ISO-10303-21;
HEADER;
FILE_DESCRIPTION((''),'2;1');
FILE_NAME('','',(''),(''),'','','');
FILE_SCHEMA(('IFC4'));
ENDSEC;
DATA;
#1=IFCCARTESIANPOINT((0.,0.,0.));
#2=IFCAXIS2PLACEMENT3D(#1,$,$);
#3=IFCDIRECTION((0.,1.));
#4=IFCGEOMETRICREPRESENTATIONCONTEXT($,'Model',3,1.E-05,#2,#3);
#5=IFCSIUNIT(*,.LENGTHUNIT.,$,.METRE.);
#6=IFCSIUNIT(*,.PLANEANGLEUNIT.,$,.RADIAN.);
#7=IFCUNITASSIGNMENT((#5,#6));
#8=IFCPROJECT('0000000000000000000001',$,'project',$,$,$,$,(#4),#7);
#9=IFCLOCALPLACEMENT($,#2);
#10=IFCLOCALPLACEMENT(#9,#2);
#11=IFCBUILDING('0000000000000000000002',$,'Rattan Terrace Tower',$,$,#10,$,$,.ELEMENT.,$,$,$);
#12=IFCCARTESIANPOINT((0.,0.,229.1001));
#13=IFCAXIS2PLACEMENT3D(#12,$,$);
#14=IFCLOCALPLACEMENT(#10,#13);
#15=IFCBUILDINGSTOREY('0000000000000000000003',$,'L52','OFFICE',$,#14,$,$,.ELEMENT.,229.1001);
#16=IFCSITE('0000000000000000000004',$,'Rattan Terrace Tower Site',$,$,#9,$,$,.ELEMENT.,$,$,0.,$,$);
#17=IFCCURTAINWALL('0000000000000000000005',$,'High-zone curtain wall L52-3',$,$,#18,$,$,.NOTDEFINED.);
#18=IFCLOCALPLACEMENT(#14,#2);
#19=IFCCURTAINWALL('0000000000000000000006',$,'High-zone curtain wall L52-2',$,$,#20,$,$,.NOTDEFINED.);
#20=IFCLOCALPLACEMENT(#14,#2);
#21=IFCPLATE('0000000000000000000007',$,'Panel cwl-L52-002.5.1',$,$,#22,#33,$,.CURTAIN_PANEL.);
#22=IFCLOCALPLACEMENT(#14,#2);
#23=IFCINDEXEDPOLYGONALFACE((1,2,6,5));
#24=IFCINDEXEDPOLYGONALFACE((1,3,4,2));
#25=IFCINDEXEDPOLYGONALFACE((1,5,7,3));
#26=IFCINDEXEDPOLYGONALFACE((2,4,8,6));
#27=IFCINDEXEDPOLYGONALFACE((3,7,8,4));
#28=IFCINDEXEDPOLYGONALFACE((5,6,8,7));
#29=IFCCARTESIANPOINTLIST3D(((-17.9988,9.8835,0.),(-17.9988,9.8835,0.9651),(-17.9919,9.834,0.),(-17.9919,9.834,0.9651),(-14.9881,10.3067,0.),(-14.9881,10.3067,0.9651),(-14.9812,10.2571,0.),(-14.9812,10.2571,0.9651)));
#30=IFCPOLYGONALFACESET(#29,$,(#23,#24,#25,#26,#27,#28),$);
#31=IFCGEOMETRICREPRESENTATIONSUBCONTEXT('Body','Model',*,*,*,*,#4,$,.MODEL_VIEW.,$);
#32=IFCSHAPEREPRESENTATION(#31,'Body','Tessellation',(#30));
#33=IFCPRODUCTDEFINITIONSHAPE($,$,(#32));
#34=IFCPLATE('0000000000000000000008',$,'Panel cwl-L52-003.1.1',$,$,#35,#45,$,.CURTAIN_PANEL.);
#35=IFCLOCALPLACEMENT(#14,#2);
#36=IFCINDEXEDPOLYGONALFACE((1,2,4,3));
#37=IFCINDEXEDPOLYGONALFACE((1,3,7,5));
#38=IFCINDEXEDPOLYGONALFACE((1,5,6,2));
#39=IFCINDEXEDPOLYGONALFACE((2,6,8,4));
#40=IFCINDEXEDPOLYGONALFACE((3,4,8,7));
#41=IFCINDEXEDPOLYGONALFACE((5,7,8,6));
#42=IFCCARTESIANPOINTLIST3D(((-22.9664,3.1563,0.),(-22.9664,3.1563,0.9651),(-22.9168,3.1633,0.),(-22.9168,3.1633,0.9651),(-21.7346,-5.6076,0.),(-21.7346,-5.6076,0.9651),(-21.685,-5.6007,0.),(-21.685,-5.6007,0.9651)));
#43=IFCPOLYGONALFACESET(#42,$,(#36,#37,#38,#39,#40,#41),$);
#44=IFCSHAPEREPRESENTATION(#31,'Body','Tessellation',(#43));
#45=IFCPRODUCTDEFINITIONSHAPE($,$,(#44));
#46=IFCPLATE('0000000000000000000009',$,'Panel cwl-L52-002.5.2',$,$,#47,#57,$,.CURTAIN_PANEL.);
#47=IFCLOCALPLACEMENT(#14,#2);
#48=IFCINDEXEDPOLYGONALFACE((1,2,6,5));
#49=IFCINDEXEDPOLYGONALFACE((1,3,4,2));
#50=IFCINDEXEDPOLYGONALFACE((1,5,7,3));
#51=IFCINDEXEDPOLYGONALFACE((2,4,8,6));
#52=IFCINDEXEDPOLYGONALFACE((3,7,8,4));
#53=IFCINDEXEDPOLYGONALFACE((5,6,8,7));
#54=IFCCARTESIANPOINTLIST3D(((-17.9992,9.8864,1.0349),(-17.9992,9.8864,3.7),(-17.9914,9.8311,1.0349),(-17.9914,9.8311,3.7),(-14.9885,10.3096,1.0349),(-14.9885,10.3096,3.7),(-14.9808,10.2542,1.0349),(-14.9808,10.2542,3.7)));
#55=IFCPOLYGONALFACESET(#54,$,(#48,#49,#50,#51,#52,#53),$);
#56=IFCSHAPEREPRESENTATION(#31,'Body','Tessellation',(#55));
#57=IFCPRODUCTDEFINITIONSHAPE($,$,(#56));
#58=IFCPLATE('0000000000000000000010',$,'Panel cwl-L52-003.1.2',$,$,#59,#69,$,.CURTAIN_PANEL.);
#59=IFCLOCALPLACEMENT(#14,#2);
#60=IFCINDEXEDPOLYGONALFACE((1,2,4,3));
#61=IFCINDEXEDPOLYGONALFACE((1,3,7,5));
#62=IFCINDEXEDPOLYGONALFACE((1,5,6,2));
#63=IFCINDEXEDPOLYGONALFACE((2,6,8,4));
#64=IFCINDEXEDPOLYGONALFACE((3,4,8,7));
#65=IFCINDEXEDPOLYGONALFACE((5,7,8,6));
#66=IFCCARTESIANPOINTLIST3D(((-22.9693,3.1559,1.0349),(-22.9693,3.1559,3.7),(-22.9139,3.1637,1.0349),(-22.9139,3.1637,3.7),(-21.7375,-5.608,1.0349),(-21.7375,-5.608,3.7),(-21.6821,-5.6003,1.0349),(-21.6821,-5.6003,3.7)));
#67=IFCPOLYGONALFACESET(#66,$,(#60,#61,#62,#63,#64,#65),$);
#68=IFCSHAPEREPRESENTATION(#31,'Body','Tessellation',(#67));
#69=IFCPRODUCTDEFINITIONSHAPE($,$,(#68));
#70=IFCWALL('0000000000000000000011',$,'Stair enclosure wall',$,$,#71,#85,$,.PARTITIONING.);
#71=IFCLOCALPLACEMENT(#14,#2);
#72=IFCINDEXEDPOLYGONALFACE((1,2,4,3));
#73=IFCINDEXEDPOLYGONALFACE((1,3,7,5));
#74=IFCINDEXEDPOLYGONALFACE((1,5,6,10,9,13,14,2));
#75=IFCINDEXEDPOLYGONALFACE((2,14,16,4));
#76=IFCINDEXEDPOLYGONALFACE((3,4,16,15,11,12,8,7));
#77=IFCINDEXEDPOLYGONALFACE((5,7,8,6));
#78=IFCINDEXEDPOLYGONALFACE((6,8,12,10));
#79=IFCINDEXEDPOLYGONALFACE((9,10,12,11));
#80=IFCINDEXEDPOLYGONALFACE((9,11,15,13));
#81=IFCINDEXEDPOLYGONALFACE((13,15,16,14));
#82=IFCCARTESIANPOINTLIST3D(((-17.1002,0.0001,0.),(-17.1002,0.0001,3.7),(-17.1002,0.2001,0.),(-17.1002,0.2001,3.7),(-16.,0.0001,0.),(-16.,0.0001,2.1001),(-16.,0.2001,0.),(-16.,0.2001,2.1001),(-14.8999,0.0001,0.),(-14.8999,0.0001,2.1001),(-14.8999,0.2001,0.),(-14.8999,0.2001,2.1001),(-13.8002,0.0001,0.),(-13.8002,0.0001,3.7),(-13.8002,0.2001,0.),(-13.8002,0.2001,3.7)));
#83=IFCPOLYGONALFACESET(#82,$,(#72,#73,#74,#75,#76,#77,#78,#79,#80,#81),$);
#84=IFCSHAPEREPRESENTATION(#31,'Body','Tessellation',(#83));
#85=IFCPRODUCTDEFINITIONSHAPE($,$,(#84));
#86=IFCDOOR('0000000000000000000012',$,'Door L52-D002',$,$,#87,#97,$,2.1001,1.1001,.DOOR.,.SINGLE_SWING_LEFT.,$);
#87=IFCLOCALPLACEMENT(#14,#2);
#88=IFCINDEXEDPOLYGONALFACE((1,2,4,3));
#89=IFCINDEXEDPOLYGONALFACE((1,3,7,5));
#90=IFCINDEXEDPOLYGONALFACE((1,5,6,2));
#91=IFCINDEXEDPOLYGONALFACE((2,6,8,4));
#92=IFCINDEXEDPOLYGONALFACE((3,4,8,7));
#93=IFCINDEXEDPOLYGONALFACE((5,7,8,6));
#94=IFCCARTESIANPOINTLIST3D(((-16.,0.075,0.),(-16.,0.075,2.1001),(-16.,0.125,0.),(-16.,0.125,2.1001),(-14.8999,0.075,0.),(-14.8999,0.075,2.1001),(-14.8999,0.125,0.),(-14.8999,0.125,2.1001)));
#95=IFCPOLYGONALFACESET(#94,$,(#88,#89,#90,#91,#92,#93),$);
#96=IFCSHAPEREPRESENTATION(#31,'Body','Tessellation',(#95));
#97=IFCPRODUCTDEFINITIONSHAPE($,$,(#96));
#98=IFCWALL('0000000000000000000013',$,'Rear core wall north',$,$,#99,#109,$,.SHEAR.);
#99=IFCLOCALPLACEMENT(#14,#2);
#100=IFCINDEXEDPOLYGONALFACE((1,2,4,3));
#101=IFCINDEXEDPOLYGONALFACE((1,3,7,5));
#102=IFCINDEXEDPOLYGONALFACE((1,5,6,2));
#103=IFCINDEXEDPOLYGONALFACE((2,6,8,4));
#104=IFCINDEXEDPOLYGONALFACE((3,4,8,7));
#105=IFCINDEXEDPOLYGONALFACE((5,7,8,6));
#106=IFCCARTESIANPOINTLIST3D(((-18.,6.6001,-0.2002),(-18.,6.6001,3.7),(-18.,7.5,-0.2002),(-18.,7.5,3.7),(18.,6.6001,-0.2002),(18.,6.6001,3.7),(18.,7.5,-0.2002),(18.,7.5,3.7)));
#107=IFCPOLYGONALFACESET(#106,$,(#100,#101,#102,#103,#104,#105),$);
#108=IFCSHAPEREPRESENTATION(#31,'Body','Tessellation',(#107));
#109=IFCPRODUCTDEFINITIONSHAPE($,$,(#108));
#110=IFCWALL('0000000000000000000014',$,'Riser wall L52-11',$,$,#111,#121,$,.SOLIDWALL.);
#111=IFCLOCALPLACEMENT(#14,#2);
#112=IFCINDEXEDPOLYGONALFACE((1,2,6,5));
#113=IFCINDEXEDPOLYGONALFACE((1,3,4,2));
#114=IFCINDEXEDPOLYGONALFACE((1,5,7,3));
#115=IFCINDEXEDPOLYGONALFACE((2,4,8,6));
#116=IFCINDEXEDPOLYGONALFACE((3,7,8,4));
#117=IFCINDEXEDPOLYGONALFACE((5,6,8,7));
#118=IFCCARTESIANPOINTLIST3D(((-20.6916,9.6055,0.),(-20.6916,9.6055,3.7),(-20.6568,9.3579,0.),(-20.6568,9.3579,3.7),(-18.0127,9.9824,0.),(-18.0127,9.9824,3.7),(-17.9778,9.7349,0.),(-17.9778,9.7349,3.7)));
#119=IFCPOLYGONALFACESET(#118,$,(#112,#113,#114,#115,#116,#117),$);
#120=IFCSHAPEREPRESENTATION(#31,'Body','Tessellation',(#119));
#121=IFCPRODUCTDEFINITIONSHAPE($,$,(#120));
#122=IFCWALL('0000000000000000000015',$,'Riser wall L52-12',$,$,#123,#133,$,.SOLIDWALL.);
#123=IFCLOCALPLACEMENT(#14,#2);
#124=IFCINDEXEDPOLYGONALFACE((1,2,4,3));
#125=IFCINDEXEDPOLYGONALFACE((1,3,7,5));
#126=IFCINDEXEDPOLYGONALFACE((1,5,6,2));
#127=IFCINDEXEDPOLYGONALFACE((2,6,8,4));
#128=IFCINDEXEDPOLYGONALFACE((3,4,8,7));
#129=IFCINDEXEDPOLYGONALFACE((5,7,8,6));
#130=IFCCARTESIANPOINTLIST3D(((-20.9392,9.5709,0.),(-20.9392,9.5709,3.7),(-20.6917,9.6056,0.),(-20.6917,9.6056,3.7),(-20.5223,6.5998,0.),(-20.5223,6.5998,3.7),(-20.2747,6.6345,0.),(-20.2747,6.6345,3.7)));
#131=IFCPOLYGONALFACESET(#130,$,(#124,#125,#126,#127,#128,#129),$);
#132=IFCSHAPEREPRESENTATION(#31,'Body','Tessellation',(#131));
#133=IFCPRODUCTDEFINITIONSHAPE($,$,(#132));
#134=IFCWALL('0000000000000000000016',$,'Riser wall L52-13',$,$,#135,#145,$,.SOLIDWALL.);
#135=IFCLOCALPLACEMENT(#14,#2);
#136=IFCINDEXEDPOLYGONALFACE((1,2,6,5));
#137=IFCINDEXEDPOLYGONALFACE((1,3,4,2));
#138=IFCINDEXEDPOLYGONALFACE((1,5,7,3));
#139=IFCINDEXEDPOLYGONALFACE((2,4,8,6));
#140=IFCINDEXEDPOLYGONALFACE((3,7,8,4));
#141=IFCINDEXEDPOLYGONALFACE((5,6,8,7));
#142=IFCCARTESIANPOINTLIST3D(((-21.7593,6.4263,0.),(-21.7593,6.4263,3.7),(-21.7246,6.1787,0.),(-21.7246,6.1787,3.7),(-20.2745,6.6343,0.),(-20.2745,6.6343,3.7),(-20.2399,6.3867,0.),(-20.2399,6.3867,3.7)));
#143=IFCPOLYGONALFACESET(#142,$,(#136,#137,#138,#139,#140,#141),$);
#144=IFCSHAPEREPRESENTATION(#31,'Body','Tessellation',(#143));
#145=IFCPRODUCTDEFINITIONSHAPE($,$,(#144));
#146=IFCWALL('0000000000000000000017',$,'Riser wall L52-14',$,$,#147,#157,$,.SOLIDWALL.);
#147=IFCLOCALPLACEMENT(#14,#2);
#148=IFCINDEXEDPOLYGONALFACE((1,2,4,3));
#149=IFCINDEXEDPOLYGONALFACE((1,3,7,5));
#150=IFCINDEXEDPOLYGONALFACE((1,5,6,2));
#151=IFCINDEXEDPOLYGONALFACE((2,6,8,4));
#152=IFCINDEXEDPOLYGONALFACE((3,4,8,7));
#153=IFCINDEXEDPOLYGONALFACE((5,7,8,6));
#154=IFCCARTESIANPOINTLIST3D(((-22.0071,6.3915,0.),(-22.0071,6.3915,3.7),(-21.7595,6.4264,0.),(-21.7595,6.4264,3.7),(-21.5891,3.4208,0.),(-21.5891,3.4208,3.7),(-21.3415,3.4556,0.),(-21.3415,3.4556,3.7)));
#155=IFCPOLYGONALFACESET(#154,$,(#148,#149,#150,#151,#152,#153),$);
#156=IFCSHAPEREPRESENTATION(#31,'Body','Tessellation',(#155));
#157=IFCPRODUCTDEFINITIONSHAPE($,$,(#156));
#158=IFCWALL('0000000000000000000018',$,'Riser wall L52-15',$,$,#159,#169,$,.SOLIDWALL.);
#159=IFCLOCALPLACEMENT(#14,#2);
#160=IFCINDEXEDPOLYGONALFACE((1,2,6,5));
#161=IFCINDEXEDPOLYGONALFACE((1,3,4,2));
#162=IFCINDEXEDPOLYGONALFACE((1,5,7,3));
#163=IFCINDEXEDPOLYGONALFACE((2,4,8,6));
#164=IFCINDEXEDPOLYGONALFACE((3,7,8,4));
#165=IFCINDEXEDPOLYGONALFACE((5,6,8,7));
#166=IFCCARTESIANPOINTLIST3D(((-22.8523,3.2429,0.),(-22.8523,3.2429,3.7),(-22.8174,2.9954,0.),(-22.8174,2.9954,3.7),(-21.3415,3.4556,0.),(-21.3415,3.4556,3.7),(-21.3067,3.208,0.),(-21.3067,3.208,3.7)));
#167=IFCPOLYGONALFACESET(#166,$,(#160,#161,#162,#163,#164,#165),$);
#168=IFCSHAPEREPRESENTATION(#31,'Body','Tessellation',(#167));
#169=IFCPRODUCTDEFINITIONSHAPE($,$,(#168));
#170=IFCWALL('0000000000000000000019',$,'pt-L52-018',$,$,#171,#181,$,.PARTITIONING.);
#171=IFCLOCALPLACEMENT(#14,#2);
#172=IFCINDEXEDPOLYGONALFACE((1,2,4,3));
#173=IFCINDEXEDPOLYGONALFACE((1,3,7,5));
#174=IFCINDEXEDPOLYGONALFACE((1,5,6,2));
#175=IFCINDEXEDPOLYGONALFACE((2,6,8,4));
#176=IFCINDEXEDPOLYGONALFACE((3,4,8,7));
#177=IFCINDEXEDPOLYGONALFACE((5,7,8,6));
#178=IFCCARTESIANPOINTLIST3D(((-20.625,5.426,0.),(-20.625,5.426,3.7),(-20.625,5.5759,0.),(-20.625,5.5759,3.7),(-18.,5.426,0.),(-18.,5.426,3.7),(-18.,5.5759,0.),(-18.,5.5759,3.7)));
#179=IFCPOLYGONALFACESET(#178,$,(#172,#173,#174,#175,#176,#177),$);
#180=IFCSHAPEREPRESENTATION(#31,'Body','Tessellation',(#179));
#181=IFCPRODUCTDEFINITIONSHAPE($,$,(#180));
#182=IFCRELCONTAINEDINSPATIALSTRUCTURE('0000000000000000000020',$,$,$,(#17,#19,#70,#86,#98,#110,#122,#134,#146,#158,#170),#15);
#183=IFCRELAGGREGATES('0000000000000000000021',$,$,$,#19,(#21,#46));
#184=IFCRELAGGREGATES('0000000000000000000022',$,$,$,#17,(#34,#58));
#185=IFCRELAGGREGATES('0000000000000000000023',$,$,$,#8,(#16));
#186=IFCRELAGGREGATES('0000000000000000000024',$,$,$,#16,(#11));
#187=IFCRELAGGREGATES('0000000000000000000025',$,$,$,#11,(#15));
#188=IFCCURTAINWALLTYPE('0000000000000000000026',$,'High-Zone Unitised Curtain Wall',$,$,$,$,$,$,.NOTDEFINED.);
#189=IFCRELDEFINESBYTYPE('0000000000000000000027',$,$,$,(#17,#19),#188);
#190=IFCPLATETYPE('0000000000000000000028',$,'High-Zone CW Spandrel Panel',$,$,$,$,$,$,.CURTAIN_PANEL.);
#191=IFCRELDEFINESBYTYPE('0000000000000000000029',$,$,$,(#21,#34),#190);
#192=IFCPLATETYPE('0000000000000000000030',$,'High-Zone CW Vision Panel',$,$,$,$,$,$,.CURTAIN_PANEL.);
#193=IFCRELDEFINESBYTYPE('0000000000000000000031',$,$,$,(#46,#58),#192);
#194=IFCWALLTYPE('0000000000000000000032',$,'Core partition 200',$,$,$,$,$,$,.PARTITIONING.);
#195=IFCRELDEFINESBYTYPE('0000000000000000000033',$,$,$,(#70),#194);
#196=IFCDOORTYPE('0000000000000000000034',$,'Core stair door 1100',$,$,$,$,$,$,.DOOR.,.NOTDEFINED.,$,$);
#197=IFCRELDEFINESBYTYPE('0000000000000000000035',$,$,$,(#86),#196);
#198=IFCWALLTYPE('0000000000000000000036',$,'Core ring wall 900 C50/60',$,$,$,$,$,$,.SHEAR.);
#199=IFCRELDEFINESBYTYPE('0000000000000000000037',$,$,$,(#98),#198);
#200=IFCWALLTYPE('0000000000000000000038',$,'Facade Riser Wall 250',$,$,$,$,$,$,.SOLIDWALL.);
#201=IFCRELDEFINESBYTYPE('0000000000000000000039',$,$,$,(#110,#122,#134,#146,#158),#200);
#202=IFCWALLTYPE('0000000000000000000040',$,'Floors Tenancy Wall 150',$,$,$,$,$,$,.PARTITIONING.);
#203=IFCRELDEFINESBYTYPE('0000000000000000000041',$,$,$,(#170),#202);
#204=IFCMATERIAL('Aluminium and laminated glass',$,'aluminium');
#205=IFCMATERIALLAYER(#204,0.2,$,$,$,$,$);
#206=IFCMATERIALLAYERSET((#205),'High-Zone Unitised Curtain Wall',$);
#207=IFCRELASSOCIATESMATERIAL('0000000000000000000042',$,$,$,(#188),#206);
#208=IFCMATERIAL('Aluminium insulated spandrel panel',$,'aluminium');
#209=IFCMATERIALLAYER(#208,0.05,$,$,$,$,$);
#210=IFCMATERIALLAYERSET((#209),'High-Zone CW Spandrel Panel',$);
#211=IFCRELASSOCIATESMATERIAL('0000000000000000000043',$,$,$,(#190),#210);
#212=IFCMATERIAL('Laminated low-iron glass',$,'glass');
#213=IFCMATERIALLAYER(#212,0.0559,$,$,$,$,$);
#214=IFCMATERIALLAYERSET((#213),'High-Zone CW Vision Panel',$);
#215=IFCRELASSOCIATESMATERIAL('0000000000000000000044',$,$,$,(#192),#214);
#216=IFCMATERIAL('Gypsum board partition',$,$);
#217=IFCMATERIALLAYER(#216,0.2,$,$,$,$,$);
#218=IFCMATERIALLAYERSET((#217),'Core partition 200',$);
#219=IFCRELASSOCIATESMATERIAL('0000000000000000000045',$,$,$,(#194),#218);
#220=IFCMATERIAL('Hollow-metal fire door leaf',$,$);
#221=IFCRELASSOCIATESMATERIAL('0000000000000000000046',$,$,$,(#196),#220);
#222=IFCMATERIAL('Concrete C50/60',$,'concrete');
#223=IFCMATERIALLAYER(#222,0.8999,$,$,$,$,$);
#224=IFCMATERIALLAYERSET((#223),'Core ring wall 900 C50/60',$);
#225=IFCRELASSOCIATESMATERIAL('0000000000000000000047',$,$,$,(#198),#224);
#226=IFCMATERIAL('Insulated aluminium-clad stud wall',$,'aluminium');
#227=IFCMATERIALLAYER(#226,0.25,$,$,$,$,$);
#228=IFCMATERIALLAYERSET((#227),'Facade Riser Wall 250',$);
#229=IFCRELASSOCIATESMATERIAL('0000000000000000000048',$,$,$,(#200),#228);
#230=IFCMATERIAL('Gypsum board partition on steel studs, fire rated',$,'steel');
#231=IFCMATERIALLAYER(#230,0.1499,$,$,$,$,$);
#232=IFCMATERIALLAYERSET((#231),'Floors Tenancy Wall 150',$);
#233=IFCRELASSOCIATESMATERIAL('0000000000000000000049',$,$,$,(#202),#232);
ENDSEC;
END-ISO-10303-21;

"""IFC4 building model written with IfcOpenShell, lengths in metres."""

from ifc_helpers import new_model, si_unit, direction, frame, frame_2d, origin, origin_2d, place, context, subcontext, project, spatial, rectangle, extrude, material, layer, layer_set, type_object, element, fill, aggregate, save


model = new_model("IFC4")

# Units and contexts
model_context = context("Model", 3, precision=1e-05, world=origin(), true_north=direction((0.0, 1.0)))
body_context = subcontext(model_context, "Body", "Model", "MODEL_VIEW")
ifc_project = project(units=[si_unit("LENGTHUNIT", "METRE"), si_unit("PLANEANGLEUNIT", "RADIAN")], contexts=[model_context])

# Site, building, storey
site_placement = place(None, origin())
site = spatial("IfcSite", under=ifc_project, at=site_placement, Name="Rattan Terrace Tower Site", CompositionType="ELEMENT", RefElevation=0.0)
building_placement = place(site_placement, origin())
building = spatial("IfcBuilding", under=site, at=building_placement, Name="Rattan Terrace Tower", CompositionType="ELEMENT")
storey_placement = place(building_placement, frame((0.0, 0.0, 229.1001)))
storey = spatial("IfcBuildingStorey", under=building, at=storey_placement, Name="L52", Description="OFFICE", CompositionType="ELEMENT", Elevation=229.1001)

# Curtain walls
ifc_material_1 = material(Name="Aluminium and laminated glass", Category="aluminium")
ifc_layer_1 = layer(ifc_material_1, 0.2)
ifc_layer_set_1 = layer_set([ifc_layer_1], Name="High-Zone Unitised Curtain Wall")
curtain_wall_type = type_object("IfcCurtainWallType", Name="High-Zone Unitised Curtain Wall", PredefinedType="NOTDEFINED", material=ifc_layer_set_1)
curtain_wall_1_placement = place(storey_placement, origin())
curtain_wall_1 = element("IfcCurtainWall", 1, at=curtain_wall_1_placement, inside=storey, type_object=curtain_wall_type, Name="High-zone curtain wall L52-3", PredefinedType="NOTDEFINED")
curtain_wall_2_placement = place(storey_placement, origin())
curtain_wall_2 = element("IfcCurtainWall", 2, at=curtain_wall_2_placement, inside=storey, type_object=curtain_wall_type, Name="High-zone curtain wall L52-2", PredefinedType="NOTDEFINED")

# Plates
ifc_material_2 = material(Name="Aluminium insulated spandrel panel", Category="aluminium")
ifc_layer_2 = layer(ifc_material_2, 0.05)
ifc_layer_set_2 = layer_set([ifc_layer_2], Name="High-Zone CW Spandrel Panel")
plate_type_1 = type_object("IfcPlateType", Name="High-Zone CW Spandrel Panel", PredefinedType="CURTAIN_PANEL", material=ifc_layer_set_2)
plate_1_placement = place(storey_placement, frame((-16.49, 10.0703, 0.0), z_axis=(0.0, 0.0, 1.0), x_axis=(-0.990267, -0.139177, 0.0)))
plate_1 = element("IfcPlate", 3, at=plate_1_placement, type_object=plate_type_1, Name="Panel cwl-L52-002.5.1", PredefinedType="CURTAIN_PANEL", context=body_context, shape_type="SweptSolid", body=[
    extrude(rectangle(XDim=3.0403, YDim=0.05, at=origin_2d()), origin(), (0.0, 0.0, 1.0), 0.9651),
])
plate_2_placement = place(storey_placement, frame((-22.3257, -1.2222, 0.0), z_axis=(0.0, 0.0, 1.0), x_axis=(0.139186, -0.990266, 0.0)))
plate_2 = element("IfcPlate", 4, at=plate_2_placement, type_object=plate_type_1, Name="Panel cwl-L52-003.1.1", PredefinedType="CURTAIN_PANEL", context=body_context, shape_type="SweptSolid", body=[
    extrude(rectangle(XDim=8.8501, YDim=0.05, at=origin_2d()), origin(), (0.0, 0.0, 1.0), 0.9651),
])
ifc_material_3 = material(Name="Laminated low-iron glass", Category="glass")
ifc_layer_3 = layer(ifc_material_3, 0.0559)
ifc_layer_set_3 = layer_set([ifc_layer_3], Name="High-Zone CW Vision Panel")
plate_type_2 = type_object("IfcPlateType", Name="High-Zone CW Vision Panel", PredefinedType="CURTAIN_PANEL", material=ifc_layer_set_3)
plate_3_placement = place(storey_placement, frame((-16.49, 10.0703, 1.0349), z_axis=(0.0, 0.0, 1.0), x_axis=(-0.990267, -0.139177, 0.0)))
plate_3 = element("IfcPlate", 5, at=plate_3_placement, type_object=plate_type_2, Name="Panel cwl-L52-002.5.2", PredefinedType="CURTAIN_PANEL", context=body_context, shape_type="SweptSolid", body=[
    extrude(rectangle(XDim=3.0403, YDim=0.0559, at=origin_2d()), origin(), (0.0, 0.0, 1.0), 2.665),
])
aggregate(curtain_wall_2, [plate_1, plate_3])
plate_4_placement = place(storey_placement, frame((-22.3257, -1.2222, 1.0349), z_axis=(0.0, 0.0, 1.0), x_axis=(0.139186, -0.990266, 0.0)))
plate_4 = element("IfcPlate", 6, at=plate_4_placement, type_object=plate_type_2, Name="Panel cwl-L52-003.1.2", PredefinedType="CURTAIN_PANEL", context=body_context, shape_type="SweptSolid", body=[
    extrude(rectangle(XDim=8.8501, YDim=0.0559, at=origin_2d()), origin(), (0.0, 0.0, 1.0), 2.665),
])
aggregate(curtain_wall_1, [plate_2, plate_4])

# Wall, opening, door
ifc_material_4 = material(Name="Gypsum board partition")
ifc_layer_4 = layer(ifc_material_4, 0.2)
ifc_layer_set_4 = layer_set([ifc_layer_4], Name="Core partition 200")
wall_type_1 = type_object("IfcWallType", Name="Core partition 200", PredefinedType="PARTITIONING", material=ifc_layer_set_4)
wall_1_placement = place(storey_placement, frame((-17.1001, 0.1001, 0.0), z_axis=(0.0, 0.0, 1.0), x_axis=(1.0, 0.0, 0.0)))
wall_1 = element("IfcWall", 7, at=wall_1_placement, inside=storey, type_object=wall_type_1, Name="Stair enclosure wall", PredefinedType="PARTITIONING", context=body_context, shape_type="SweptSolid", body=[
    extrude(rectangle(XDim=3.3, YDim=0.2, at=frame_2d((1.6499, 0.0))), origin(), (0.0, 0.0, 1.0), 3.7),
])
opening_placement = place(wall_1_placement, frame((1.1001, 0.0, 0.0)))
opening = element("IfcOpeningElement", 8, at=opening_placement, cuts=wall_1, PredefinedType="OPENING", context=body_context, shape_type="SweptSolid", body=[
    extrude(rectangle(XDim=1.1001, YDim=2.1001, at=frame_2d((0.55, 1.05))), frame((0.0, 0.1106, 0.0), z_axis=(0.0, -1.0, 0.0), x_axis=(1.0, 0.0, 0.0)), (0.0, 0.0, 1.0), 0.2209),
])
ifc_material_5 = material(Name="Hollow-metal fire door leaf")
door_type = type_object("IfcDoorType", Name="Core stair door 1100", OperationType="NOTDEFINED", PredefinedType="DOOR", material=ifc_material_5)
door_placement = place(opening_placement, origin())
door = element("IfcDoor", 9, at=door_placement, inside=storey, type_object=door_type, Name="Door L52-D002", OperationType="SINGLE_SWING_LEFT", OverallHeight=2.1001, OverallWidth=1.1001, PredefinedType="DOOR", context=body_context, shape_type="SweptSolid", body=[
    extrude(rectangle(XDim=1.1001, YDim=2.1001, at=frame_2d((0.55, 1.05))), frame((0.0, 0.0249, 0.0), z_axis=(0.0, -1.0, 0.0), x_axis=(1.0, 0.0, 0.0)), (0.0, 0.0, 1.0), 0.05),
])
fill(opening, door)

# Walls
ifc_material_6 = material(Name="Concrete C50/60", Category="concrete")
ifc_layer_5 = layer(ifc_material_6, 0.8999)
ifc_layer_set_5 = layer_set([ifc_layer_5], Name="Core ring wall 900 C50/60")
wall_type_2 = type_object("IfcWallType", Name="Core ring wall 900 C50/60", PredefinedType="SHEAR", material=ifc_layer_set_5)
wall_2_placement = place(storey_placement, frame((-18.0, 7.05, -0.2002), z_axis=(0.0, 0.0, 1.0), x_axis=(1.0, 0.0, 0.0)))
element("IfcWall", 10, at=wall_2_placement, inside=storey, type_object=wall_type_2, Name="Rear core wall north", PredefinedType="SHEAR", context=body_context, shape_type="SweptSolid", body=[
    extrude(rectangle(XDim=36.0, YDim=0.8999, at=frame_2d((18.0, 0.0))), origin(), (0.0, 0.0, 1.0), 3.9001),
])
ifc_material_7 = material(Name="Insulated aluminium-clad stud wall", Category="aluminium")
ifc_layer_6 = layer(ifc_material_7, 0.25)
ifc_layer_set_6 = layer_set([ifc_layer_6], Name="Facade Riser Wall 250")
wall_type_3 = type_object("IfcWallType", Name="Facade Riser Wall 250", PredefinedType="SOLIDWALL", material=ifc_layer_set_6)
wall_3_placement = place(storey_placement, frame((-17.9954, 9.8586, 0.0), z_axis=(0.0, 0.0, 1.0), x_axis=(-0.990245, -0.139336, 0.0)))
element("IfcWall", 11, at=wall_3_placement, inside=storey, type_object=wall_type_3, Name="Riser wall L52-11", PredefinedType="SOLIDWALL", context=body_context, shape_type="SweptSolid", body=[
    extrude(rectangle(XDim=2.7053, YDim=0.25, at=frame_2d((1.3525, 0.0))), origin(), (0.0, 0.0, 1.0), 3.7),
])
wall_4_placement = place(storey_placement, frame((-20.8154, 9.5881, 0.0), z_axis=(0.0, 0.0, 1.0), x_axis=(0.138983, -0.990295, 0.0)))
element("IfcWall", 12, at=wall_4_placement, inside=storey, type_object=wall_type_3, Name="Riser wall L52-12", PredefinedType="SOLIDWALL", context=body_context, shape_type="SweptSolid", body=[
    extrude(rectangle(XDim=3.0002, YDim=0.25, at=frame_2d((1.5, 0.0))), origin(), (0.0, 0.0, 1.0), 3.7),
])
wall_5_placement = place(storey_placement, frame((-20.2573, 6.5105, 0.0), z_axis=(0.0, 0.0, 1.0), x_axis=(-0.99033, -0.138731, 0.0)))
element("IfcWall", 13, at=wall_5_placement, inside=storey, type_object=wall_type_3, Name="Riser wall L52-13", PredefinedType="SOLIDWALL", context=body_context, shape_type="SweptSolid", body=[
    extrude(rectangle(XDim=1.4993, YDim=0.25, at=frame_2d((0.7495, 0.0))), origin(), (0.0, 0.0, 1.0), 3.7),
])
wall_6_placement = place(storey_placement, frame((-21.8833, 6.4089, 0.0), z_axis=(0.0, 0.0, 1.0), x_axis=(0.139325, -0.990247, 0.0)))
element("IfcWall", 14, at=wall_6_placement, inside=storey, type_object=wall_type_3, Name="Riser wall L52-14", PredefinedType="SOLIDWALL", context=body_context, shape_type="SweptSolid", body=[
    extrude(rectangle(XDim=3.0, YDim=0.25, at=frame_2d((1.5, 0.0))), origin(), (0.0, 0.0, 1.0), 3.7),
])
wall_7_placement = place(storey_placement, frame((-21.3242, 3.3318, 0.0), z_axis=(0.0, 0.0, 1.0), x_axis=(-0.990239, -0.139382, 0.0)))
element("IfcWall", 15, at=wall_7_placement, inside=storey, type_object=wall_type_3, Name="Riser wall L52-15", PredefinedType="SOLIDWALL", context=body_context, shape_type="SweptSolid", body=[
    extrude(rectangle(XDim=1.5256, YDim=0.25, at=frame_2d((0.7627, 0.0))), origin(), (0.0, 0.0, 1.0), 3.7),
])
ifc_material_8 = material(Name="Gypsum board partition on steel studs, fire rated", Category="steel")
ifc_layer_7 = layer(ifc_material_8, 0.1499)
ifc_layer_set_7 = layer_set([ifc_layer_7], Name="Floors Tenancy Wall 150")
wall_type_4 = type_object("IfcWallType", Name="Floors Tenancy Wall 150", PredefinedType="PARTITIONING", material=ifc_layer_set_7)
wall_8_placement = place(storey_placement, frame((-20.625, 5.501, 0.0), z_axis=(0.0, 0.0, 1.0), x_axis=(1.0, 0.0, 0.0)))
element("IfcWall", 16, at=wall_8_placement, inside=storey, type_object=wall_type_4, Name="pt-L52-018", PredefinedType="PARTITIONING", context=body_context, shape_type="SweptSolid", body=[
    extrude(rectangle(XDim=2.625, YDim=0.1499, at=frame_2d((1.3125, 0.0))), origin(), (0.0, 0.0, 1.0), 3.7),
])

save(model, "model.ifc")
